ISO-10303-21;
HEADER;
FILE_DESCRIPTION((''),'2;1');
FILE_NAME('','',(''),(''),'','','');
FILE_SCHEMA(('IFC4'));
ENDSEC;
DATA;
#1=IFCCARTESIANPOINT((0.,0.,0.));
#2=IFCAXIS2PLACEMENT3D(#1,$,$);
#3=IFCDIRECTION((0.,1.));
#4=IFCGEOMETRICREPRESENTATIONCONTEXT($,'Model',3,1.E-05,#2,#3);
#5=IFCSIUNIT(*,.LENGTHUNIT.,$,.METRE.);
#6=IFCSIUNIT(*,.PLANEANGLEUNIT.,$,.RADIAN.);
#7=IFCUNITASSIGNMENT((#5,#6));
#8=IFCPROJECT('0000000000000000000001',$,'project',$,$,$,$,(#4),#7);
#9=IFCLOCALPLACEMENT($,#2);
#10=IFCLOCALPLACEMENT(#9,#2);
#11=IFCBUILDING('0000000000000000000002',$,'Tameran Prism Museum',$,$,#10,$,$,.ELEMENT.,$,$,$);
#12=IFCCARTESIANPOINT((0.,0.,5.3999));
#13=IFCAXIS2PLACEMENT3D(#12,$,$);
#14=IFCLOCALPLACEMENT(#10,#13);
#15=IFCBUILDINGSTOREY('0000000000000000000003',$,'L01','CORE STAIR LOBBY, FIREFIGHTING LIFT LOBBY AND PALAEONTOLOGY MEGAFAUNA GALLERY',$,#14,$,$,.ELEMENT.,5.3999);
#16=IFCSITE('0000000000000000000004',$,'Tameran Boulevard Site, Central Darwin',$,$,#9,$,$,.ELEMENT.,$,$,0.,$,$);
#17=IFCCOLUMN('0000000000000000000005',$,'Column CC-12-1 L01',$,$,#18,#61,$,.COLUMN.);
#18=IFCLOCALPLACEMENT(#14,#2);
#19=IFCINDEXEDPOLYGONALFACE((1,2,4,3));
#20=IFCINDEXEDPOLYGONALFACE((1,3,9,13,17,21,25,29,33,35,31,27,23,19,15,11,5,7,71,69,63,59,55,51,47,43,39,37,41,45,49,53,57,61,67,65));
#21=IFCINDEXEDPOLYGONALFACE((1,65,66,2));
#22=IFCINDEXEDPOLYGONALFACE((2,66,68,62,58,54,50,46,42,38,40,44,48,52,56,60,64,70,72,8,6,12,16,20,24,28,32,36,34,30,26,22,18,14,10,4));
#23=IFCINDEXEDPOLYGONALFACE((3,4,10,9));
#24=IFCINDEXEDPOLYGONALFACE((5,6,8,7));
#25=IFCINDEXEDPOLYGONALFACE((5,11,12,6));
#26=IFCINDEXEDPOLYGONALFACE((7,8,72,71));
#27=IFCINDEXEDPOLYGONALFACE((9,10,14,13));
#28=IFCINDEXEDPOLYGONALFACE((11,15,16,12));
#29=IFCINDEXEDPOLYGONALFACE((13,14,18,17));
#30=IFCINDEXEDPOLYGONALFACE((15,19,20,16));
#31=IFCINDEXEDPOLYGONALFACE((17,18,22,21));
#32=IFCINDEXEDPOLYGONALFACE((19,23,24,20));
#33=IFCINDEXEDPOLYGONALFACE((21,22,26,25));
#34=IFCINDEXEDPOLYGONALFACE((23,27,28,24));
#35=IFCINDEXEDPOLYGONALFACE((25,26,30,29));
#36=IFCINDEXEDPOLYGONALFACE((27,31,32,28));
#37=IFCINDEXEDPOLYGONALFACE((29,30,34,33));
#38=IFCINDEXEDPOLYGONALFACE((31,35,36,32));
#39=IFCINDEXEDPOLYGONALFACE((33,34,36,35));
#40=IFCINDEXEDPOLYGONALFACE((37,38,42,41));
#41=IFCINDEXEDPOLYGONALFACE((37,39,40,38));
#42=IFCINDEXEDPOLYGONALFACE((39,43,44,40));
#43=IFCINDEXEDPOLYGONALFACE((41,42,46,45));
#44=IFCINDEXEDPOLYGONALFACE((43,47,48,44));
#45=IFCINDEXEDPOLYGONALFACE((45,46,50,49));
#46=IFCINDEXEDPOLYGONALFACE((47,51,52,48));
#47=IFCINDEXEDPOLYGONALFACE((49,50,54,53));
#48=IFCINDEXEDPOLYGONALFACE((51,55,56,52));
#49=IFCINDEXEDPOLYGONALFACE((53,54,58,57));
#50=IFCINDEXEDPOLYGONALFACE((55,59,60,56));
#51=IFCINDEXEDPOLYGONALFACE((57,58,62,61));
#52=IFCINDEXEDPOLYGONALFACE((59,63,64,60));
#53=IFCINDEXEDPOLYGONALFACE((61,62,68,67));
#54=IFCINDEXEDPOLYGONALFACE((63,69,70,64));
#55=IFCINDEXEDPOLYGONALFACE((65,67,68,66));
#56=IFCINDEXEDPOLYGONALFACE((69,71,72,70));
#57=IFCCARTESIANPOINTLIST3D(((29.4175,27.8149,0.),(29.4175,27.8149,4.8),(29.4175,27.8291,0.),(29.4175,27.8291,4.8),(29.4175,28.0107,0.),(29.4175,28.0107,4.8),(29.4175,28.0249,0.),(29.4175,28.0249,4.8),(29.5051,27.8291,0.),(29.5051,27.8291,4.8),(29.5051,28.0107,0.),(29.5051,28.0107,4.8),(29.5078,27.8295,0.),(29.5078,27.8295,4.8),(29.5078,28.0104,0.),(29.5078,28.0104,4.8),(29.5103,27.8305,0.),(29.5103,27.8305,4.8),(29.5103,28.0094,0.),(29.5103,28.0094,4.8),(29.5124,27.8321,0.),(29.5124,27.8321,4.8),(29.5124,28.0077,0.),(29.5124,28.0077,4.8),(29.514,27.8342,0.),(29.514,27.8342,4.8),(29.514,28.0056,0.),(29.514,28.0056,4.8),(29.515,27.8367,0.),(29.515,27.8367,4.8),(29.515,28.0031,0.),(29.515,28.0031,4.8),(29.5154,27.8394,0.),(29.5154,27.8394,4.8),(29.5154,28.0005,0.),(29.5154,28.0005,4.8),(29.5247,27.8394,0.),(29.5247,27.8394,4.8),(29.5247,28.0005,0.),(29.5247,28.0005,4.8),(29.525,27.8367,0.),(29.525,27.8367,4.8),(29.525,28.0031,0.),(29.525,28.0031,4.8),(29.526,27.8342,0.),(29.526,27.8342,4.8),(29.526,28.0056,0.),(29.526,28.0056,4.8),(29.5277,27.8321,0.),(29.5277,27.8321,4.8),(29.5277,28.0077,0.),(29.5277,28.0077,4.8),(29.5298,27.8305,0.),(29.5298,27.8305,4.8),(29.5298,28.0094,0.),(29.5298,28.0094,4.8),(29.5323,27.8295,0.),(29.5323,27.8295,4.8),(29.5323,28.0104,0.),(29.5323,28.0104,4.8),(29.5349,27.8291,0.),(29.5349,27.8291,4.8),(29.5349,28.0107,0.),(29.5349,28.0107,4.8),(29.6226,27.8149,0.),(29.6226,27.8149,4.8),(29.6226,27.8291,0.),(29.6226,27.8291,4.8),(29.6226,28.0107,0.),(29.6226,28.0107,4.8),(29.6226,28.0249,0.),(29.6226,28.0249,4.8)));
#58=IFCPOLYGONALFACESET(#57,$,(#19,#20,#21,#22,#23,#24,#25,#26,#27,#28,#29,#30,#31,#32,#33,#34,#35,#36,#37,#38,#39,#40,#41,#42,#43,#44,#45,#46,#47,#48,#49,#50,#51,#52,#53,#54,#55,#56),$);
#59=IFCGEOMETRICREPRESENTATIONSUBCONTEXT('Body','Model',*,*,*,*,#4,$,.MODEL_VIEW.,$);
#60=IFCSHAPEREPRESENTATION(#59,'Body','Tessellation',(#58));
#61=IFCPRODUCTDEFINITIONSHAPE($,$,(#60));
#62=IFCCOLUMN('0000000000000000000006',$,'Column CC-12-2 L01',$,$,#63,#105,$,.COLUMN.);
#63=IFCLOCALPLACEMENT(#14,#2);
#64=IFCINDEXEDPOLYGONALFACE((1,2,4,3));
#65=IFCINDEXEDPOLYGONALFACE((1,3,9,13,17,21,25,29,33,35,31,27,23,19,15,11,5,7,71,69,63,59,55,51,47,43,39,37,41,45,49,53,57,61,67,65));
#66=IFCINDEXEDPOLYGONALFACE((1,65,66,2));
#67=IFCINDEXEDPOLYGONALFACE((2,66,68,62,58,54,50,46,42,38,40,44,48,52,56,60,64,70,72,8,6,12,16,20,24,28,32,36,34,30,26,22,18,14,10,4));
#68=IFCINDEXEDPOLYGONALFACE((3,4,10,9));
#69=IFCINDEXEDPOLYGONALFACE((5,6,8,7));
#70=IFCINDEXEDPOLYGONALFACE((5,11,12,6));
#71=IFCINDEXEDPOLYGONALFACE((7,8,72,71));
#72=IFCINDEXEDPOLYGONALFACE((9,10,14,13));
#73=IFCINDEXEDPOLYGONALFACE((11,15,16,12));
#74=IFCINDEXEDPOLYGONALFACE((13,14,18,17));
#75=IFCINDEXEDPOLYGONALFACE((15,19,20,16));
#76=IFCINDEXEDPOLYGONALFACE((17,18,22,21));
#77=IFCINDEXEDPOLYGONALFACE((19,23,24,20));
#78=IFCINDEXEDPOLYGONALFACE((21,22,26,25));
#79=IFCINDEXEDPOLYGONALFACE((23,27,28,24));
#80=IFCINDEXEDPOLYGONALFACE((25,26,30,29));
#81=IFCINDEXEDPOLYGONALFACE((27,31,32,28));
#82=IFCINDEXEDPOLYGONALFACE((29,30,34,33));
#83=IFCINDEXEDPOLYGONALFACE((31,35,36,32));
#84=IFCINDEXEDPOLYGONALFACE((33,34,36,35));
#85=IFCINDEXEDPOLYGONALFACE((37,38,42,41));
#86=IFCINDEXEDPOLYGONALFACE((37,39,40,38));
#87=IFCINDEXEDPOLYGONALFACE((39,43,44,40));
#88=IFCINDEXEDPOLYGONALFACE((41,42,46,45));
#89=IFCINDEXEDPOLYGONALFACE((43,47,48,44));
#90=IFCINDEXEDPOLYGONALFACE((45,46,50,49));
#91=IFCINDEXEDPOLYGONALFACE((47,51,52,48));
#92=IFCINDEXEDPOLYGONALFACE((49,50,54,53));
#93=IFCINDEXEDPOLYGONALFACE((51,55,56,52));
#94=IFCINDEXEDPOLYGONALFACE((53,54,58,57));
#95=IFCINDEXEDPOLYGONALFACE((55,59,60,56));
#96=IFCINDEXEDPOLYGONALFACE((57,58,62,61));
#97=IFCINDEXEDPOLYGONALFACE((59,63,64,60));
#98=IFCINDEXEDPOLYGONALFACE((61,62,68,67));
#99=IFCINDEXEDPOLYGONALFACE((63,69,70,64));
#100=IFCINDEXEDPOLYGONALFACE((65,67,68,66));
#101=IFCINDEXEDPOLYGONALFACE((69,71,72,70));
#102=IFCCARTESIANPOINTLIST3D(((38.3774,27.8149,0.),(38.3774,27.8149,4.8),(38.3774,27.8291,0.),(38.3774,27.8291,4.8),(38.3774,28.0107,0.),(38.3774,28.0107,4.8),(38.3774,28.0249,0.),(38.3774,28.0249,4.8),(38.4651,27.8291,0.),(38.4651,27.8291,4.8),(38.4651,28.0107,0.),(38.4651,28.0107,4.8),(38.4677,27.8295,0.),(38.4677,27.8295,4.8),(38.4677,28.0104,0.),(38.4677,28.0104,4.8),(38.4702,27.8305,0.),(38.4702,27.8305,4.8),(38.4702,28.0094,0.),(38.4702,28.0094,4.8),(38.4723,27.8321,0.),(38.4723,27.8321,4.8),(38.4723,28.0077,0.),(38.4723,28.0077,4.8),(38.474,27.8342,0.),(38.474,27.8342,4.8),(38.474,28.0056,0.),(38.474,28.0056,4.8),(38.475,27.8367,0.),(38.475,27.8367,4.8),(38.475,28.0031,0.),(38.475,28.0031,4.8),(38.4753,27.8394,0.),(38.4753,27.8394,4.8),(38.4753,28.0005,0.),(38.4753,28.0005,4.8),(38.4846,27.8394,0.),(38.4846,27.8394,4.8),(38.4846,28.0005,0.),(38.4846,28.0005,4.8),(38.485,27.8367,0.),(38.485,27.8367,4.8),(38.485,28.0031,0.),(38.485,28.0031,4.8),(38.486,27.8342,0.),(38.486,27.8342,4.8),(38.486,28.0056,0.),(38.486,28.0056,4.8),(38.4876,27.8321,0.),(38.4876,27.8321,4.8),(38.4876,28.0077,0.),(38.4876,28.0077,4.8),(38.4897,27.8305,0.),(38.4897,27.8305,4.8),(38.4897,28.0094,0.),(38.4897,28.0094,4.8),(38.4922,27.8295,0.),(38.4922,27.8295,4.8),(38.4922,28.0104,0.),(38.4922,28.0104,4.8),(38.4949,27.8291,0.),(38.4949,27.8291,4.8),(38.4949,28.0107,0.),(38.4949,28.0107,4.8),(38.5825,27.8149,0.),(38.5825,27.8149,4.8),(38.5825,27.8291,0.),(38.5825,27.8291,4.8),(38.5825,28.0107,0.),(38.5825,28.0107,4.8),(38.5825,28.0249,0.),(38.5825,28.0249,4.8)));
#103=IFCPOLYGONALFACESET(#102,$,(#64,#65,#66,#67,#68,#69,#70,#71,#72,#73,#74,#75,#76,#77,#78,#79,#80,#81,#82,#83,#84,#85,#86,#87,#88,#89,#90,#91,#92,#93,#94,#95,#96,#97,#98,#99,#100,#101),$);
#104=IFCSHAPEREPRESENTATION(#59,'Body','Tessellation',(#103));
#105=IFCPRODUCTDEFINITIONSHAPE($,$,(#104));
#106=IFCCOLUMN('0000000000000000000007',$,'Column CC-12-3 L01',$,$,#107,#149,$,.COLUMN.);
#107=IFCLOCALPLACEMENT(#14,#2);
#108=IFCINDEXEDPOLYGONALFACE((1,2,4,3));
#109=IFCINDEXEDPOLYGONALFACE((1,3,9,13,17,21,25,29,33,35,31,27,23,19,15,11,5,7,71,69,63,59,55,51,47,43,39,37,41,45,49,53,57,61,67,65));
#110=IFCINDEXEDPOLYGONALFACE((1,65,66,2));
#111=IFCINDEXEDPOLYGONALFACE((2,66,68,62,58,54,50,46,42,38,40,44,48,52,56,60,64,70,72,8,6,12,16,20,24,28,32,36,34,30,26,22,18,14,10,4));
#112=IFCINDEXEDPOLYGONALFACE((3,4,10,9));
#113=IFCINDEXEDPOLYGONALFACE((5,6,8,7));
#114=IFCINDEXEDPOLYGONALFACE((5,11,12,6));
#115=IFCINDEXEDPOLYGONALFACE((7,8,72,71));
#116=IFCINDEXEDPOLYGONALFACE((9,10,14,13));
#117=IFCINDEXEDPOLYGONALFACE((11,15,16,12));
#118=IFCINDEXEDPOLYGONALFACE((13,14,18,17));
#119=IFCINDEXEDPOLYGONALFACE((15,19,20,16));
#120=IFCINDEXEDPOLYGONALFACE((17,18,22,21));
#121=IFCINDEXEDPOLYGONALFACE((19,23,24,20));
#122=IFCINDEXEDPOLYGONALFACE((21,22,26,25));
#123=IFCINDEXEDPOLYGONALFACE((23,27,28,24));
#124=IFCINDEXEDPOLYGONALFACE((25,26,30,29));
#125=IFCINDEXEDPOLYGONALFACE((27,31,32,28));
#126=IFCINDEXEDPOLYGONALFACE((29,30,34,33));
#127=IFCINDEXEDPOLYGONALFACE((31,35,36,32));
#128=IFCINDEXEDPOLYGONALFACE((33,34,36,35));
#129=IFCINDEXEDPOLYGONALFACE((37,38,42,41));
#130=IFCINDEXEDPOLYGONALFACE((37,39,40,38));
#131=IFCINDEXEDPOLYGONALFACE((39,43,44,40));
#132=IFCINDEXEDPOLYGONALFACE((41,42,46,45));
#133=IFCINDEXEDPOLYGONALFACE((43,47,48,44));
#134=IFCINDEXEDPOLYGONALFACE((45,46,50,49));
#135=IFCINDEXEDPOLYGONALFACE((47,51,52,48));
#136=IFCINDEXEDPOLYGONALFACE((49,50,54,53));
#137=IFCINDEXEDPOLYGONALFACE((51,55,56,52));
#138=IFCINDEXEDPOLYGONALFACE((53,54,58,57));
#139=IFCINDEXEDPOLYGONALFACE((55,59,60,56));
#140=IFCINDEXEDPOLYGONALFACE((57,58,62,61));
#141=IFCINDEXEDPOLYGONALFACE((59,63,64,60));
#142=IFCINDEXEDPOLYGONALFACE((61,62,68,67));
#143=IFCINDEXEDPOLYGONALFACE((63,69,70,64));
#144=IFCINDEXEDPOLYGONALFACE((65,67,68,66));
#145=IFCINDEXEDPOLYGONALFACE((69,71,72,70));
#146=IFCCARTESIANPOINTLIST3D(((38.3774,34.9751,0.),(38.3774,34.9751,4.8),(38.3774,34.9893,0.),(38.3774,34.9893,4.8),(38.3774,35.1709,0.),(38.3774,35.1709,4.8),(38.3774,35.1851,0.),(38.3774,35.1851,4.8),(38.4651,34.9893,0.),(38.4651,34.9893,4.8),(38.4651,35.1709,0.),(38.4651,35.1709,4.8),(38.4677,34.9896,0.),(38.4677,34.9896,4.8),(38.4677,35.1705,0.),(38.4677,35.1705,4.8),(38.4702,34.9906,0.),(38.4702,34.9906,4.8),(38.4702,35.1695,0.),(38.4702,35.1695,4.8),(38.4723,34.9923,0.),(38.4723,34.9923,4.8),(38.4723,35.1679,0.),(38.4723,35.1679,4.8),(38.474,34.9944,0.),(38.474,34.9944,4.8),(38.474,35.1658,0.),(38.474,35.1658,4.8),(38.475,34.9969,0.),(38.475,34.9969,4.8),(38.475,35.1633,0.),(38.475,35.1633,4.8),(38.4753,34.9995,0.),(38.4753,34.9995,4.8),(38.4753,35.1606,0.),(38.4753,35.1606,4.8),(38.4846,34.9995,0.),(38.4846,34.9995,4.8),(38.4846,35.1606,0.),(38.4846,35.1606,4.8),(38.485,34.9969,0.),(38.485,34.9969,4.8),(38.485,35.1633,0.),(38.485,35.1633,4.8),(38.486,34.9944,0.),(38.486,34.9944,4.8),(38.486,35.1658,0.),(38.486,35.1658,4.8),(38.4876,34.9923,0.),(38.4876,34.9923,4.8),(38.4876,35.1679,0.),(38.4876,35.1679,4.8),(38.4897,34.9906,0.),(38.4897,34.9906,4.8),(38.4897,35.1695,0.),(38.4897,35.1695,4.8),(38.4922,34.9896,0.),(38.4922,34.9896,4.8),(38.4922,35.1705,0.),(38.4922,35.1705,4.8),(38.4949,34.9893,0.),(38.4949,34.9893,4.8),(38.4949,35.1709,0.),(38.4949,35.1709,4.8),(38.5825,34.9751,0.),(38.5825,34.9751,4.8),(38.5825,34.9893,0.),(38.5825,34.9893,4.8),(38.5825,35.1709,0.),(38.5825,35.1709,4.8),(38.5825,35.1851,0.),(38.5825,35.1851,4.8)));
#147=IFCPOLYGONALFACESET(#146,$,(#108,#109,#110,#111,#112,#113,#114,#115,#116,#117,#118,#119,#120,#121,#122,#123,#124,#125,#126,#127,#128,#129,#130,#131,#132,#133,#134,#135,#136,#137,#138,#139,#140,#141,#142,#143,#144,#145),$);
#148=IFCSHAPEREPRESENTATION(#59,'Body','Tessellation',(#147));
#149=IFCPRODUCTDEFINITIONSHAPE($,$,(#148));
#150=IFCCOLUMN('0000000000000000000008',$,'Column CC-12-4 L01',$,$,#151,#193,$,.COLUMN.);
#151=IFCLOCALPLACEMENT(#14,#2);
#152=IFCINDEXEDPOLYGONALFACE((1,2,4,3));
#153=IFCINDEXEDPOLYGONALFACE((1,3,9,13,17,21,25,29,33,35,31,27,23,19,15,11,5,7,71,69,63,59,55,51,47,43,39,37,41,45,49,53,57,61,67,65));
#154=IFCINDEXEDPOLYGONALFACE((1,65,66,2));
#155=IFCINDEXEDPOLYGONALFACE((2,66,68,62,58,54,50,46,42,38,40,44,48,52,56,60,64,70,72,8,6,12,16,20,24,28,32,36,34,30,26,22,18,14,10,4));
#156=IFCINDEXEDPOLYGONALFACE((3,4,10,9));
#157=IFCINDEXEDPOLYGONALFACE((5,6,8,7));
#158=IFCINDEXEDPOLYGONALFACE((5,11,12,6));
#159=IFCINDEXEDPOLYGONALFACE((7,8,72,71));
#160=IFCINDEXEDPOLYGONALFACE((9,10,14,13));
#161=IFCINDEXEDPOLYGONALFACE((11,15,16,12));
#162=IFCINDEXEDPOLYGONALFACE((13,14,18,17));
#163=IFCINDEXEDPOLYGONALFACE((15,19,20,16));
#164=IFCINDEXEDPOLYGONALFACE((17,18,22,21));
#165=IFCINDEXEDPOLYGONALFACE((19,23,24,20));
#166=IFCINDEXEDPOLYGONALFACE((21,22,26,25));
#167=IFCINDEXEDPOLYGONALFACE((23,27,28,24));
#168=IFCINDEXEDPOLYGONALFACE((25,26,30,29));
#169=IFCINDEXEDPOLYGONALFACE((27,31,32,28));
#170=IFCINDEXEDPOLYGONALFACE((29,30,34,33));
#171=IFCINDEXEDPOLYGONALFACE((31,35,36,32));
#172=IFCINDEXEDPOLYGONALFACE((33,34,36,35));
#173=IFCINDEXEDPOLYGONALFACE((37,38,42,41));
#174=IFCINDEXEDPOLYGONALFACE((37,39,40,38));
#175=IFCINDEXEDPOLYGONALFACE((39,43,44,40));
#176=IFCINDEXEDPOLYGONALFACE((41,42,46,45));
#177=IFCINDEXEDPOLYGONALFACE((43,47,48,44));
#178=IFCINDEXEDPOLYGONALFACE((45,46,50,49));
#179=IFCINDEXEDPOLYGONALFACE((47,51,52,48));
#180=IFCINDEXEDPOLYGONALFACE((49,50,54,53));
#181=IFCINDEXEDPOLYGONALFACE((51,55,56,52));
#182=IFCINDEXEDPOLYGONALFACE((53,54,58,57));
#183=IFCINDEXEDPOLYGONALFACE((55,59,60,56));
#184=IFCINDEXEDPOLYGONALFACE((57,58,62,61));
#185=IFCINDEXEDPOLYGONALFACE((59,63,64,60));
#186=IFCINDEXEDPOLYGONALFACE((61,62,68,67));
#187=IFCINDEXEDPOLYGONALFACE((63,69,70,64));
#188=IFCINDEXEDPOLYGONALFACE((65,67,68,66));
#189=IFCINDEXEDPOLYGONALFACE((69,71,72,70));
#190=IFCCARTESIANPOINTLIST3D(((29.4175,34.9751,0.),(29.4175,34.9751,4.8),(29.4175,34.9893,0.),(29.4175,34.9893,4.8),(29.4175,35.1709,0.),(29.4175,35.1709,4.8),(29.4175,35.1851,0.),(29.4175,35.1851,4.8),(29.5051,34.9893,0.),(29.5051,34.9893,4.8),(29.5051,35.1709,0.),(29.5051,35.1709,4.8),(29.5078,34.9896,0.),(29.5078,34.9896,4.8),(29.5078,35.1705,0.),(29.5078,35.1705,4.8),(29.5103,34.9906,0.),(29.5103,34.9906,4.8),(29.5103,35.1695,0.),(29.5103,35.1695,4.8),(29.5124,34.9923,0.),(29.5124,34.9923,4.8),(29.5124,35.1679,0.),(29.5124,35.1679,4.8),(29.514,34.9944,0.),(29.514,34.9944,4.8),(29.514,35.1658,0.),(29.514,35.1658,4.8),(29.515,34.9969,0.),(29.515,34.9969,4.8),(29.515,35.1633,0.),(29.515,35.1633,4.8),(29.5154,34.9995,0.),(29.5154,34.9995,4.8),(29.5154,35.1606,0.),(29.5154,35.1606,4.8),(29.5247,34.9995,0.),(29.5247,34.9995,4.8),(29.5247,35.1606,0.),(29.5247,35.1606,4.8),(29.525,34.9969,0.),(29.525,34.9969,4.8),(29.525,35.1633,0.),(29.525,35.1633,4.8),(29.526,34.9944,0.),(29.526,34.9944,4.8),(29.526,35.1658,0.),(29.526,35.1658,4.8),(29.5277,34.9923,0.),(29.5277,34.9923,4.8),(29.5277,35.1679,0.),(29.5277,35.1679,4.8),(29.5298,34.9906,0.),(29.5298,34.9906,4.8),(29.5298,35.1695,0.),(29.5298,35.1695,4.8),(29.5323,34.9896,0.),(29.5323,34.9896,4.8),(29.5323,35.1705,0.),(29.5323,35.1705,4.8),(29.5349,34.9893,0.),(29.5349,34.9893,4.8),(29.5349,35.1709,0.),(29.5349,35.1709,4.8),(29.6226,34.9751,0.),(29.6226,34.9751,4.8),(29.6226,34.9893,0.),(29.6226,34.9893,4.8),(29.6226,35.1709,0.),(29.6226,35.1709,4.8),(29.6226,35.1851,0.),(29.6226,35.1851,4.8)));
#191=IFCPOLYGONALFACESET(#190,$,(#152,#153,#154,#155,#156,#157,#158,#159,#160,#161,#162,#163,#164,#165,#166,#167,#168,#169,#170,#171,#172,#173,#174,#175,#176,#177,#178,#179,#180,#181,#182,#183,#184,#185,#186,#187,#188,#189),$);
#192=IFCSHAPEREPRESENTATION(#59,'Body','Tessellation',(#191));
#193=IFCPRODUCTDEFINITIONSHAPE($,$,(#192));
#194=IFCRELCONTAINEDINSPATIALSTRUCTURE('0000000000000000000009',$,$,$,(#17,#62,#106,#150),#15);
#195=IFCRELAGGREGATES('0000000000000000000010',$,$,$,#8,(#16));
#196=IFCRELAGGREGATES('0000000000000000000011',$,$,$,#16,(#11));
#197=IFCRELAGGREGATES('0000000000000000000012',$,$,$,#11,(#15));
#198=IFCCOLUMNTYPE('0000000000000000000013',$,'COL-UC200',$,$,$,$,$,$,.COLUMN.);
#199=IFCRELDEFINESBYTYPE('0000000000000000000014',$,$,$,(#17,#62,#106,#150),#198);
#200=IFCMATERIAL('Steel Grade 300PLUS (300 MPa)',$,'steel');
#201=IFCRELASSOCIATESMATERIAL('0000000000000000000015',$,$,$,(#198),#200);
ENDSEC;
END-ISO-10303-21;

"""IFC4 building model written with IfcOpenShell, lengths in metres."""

from ifc_helpers import new_model, si_unit, direction, frame, origin, origin_2d, place, context, subcontext, project, spatial, i_section, extrude, material, material_profile, profile_set, type_object, element, save


model = new_model("IFC4")

# Units and contexts
model_context = context("Model", 3, precision=1e-05, world=origin(), true_north=direction((0.0, 1.0)))
body_context = subcontext(model_context, "Body", "Model", "MODEL_VIEW")
ifc_project = project(units=[si_unit("LENGTHUNIT", "METRE"), si_unit("PLANEANGLEUNIT", "RADIAN")], contexts=[model_context])

# Site, building, storey
site_placement = place(None, origin())
site = spatial("IfcSite", under=ifc_project, at=site_placement, Name="Tameran Boulevard Site, Central Darwin", CompositionType="ELEMENT", RefElevation=0.0)
building_placement = place(site_placement, origin())
building = spatial("IfcBuilding", under=site, at=building_placement, Name="Tameran Prism Museum", CompositionType="ELEMENT")
storey_placement = place(building_placement, frame((0.0, 0.0, 5.3999)))
storey = spatial("IfcBuildingStorey", under=building, at=storey_placement, Name="L01", Description="CORE STAIR LOBBY, FIREFIGHTING LIFT LOBBY AND PALAEONTOLOGY MEGAFAUNA GALLERY", CompositionType="ELEMENT", Elevation=5.3999)

# Columns
ifc_material_1 = material(Name="Steel Grade 300PLUS (300 MPa)", Category="steel")
ifc_material_profile_1 = material_profile(ifc_material_1, i_section(OverallWidth=0.2051, OverallDepth=0.21, WebThickness=0.0093, FlangeThickness=0.0142, FilletRadius=0.0103, at=origin_2d()))
ifc_profile_set_1 = profile_set([ifc_material_profile_1])
column_type = type_object("IfcColumnType", Name="COL-UC200", PredefinedType="COLUMN", material=ifc_profile_set_1)
for number, where, z_axis, x_axis, name in (
    (1, (29.52, 27.9199, 0.0), (0.0, 0.0, 1.0), (1.0, 0.0, 0.0), "Column CC-12-1 L01"),
    (2, (38.48, 27.9199, 0.0), (0.0, 0.0, 1.0), (1.0, 0.0, 0.0), "Column CC-12-2 L01"),
    (3, (38.48, 35.0801, 0.0), (0.0, 0.0, 1.0), (1.0, 0.0, 0.0), "Column CC-12-3 L01"),
    (4, (29.52, 35.0801, 0.0), (0.0, 0.0, 1.0), (1.0, 0.0, 0.0), "Column CC-12-4 L01"),
):
    element("IfcColumn", number, at=place(storey_placement, frame(where, z_axis=z_axis, x_axis=x_axis)), inside=storey, type_object=column_type, Name=name, PredefinedType="COLUMN", context=body_context, shape_type="SweptSolid", body=[
        extrude(i_section(OverallWidth=0.2051, OverallDepth=0.21, WebThickness=0.0093, FlangeThickness=0.0142, FilletRadius=0.0103, at=origin_2d()), origin(), (0.0, 0.0, 1.0), 4.8),
    ])

save(model, "model.ifc")
